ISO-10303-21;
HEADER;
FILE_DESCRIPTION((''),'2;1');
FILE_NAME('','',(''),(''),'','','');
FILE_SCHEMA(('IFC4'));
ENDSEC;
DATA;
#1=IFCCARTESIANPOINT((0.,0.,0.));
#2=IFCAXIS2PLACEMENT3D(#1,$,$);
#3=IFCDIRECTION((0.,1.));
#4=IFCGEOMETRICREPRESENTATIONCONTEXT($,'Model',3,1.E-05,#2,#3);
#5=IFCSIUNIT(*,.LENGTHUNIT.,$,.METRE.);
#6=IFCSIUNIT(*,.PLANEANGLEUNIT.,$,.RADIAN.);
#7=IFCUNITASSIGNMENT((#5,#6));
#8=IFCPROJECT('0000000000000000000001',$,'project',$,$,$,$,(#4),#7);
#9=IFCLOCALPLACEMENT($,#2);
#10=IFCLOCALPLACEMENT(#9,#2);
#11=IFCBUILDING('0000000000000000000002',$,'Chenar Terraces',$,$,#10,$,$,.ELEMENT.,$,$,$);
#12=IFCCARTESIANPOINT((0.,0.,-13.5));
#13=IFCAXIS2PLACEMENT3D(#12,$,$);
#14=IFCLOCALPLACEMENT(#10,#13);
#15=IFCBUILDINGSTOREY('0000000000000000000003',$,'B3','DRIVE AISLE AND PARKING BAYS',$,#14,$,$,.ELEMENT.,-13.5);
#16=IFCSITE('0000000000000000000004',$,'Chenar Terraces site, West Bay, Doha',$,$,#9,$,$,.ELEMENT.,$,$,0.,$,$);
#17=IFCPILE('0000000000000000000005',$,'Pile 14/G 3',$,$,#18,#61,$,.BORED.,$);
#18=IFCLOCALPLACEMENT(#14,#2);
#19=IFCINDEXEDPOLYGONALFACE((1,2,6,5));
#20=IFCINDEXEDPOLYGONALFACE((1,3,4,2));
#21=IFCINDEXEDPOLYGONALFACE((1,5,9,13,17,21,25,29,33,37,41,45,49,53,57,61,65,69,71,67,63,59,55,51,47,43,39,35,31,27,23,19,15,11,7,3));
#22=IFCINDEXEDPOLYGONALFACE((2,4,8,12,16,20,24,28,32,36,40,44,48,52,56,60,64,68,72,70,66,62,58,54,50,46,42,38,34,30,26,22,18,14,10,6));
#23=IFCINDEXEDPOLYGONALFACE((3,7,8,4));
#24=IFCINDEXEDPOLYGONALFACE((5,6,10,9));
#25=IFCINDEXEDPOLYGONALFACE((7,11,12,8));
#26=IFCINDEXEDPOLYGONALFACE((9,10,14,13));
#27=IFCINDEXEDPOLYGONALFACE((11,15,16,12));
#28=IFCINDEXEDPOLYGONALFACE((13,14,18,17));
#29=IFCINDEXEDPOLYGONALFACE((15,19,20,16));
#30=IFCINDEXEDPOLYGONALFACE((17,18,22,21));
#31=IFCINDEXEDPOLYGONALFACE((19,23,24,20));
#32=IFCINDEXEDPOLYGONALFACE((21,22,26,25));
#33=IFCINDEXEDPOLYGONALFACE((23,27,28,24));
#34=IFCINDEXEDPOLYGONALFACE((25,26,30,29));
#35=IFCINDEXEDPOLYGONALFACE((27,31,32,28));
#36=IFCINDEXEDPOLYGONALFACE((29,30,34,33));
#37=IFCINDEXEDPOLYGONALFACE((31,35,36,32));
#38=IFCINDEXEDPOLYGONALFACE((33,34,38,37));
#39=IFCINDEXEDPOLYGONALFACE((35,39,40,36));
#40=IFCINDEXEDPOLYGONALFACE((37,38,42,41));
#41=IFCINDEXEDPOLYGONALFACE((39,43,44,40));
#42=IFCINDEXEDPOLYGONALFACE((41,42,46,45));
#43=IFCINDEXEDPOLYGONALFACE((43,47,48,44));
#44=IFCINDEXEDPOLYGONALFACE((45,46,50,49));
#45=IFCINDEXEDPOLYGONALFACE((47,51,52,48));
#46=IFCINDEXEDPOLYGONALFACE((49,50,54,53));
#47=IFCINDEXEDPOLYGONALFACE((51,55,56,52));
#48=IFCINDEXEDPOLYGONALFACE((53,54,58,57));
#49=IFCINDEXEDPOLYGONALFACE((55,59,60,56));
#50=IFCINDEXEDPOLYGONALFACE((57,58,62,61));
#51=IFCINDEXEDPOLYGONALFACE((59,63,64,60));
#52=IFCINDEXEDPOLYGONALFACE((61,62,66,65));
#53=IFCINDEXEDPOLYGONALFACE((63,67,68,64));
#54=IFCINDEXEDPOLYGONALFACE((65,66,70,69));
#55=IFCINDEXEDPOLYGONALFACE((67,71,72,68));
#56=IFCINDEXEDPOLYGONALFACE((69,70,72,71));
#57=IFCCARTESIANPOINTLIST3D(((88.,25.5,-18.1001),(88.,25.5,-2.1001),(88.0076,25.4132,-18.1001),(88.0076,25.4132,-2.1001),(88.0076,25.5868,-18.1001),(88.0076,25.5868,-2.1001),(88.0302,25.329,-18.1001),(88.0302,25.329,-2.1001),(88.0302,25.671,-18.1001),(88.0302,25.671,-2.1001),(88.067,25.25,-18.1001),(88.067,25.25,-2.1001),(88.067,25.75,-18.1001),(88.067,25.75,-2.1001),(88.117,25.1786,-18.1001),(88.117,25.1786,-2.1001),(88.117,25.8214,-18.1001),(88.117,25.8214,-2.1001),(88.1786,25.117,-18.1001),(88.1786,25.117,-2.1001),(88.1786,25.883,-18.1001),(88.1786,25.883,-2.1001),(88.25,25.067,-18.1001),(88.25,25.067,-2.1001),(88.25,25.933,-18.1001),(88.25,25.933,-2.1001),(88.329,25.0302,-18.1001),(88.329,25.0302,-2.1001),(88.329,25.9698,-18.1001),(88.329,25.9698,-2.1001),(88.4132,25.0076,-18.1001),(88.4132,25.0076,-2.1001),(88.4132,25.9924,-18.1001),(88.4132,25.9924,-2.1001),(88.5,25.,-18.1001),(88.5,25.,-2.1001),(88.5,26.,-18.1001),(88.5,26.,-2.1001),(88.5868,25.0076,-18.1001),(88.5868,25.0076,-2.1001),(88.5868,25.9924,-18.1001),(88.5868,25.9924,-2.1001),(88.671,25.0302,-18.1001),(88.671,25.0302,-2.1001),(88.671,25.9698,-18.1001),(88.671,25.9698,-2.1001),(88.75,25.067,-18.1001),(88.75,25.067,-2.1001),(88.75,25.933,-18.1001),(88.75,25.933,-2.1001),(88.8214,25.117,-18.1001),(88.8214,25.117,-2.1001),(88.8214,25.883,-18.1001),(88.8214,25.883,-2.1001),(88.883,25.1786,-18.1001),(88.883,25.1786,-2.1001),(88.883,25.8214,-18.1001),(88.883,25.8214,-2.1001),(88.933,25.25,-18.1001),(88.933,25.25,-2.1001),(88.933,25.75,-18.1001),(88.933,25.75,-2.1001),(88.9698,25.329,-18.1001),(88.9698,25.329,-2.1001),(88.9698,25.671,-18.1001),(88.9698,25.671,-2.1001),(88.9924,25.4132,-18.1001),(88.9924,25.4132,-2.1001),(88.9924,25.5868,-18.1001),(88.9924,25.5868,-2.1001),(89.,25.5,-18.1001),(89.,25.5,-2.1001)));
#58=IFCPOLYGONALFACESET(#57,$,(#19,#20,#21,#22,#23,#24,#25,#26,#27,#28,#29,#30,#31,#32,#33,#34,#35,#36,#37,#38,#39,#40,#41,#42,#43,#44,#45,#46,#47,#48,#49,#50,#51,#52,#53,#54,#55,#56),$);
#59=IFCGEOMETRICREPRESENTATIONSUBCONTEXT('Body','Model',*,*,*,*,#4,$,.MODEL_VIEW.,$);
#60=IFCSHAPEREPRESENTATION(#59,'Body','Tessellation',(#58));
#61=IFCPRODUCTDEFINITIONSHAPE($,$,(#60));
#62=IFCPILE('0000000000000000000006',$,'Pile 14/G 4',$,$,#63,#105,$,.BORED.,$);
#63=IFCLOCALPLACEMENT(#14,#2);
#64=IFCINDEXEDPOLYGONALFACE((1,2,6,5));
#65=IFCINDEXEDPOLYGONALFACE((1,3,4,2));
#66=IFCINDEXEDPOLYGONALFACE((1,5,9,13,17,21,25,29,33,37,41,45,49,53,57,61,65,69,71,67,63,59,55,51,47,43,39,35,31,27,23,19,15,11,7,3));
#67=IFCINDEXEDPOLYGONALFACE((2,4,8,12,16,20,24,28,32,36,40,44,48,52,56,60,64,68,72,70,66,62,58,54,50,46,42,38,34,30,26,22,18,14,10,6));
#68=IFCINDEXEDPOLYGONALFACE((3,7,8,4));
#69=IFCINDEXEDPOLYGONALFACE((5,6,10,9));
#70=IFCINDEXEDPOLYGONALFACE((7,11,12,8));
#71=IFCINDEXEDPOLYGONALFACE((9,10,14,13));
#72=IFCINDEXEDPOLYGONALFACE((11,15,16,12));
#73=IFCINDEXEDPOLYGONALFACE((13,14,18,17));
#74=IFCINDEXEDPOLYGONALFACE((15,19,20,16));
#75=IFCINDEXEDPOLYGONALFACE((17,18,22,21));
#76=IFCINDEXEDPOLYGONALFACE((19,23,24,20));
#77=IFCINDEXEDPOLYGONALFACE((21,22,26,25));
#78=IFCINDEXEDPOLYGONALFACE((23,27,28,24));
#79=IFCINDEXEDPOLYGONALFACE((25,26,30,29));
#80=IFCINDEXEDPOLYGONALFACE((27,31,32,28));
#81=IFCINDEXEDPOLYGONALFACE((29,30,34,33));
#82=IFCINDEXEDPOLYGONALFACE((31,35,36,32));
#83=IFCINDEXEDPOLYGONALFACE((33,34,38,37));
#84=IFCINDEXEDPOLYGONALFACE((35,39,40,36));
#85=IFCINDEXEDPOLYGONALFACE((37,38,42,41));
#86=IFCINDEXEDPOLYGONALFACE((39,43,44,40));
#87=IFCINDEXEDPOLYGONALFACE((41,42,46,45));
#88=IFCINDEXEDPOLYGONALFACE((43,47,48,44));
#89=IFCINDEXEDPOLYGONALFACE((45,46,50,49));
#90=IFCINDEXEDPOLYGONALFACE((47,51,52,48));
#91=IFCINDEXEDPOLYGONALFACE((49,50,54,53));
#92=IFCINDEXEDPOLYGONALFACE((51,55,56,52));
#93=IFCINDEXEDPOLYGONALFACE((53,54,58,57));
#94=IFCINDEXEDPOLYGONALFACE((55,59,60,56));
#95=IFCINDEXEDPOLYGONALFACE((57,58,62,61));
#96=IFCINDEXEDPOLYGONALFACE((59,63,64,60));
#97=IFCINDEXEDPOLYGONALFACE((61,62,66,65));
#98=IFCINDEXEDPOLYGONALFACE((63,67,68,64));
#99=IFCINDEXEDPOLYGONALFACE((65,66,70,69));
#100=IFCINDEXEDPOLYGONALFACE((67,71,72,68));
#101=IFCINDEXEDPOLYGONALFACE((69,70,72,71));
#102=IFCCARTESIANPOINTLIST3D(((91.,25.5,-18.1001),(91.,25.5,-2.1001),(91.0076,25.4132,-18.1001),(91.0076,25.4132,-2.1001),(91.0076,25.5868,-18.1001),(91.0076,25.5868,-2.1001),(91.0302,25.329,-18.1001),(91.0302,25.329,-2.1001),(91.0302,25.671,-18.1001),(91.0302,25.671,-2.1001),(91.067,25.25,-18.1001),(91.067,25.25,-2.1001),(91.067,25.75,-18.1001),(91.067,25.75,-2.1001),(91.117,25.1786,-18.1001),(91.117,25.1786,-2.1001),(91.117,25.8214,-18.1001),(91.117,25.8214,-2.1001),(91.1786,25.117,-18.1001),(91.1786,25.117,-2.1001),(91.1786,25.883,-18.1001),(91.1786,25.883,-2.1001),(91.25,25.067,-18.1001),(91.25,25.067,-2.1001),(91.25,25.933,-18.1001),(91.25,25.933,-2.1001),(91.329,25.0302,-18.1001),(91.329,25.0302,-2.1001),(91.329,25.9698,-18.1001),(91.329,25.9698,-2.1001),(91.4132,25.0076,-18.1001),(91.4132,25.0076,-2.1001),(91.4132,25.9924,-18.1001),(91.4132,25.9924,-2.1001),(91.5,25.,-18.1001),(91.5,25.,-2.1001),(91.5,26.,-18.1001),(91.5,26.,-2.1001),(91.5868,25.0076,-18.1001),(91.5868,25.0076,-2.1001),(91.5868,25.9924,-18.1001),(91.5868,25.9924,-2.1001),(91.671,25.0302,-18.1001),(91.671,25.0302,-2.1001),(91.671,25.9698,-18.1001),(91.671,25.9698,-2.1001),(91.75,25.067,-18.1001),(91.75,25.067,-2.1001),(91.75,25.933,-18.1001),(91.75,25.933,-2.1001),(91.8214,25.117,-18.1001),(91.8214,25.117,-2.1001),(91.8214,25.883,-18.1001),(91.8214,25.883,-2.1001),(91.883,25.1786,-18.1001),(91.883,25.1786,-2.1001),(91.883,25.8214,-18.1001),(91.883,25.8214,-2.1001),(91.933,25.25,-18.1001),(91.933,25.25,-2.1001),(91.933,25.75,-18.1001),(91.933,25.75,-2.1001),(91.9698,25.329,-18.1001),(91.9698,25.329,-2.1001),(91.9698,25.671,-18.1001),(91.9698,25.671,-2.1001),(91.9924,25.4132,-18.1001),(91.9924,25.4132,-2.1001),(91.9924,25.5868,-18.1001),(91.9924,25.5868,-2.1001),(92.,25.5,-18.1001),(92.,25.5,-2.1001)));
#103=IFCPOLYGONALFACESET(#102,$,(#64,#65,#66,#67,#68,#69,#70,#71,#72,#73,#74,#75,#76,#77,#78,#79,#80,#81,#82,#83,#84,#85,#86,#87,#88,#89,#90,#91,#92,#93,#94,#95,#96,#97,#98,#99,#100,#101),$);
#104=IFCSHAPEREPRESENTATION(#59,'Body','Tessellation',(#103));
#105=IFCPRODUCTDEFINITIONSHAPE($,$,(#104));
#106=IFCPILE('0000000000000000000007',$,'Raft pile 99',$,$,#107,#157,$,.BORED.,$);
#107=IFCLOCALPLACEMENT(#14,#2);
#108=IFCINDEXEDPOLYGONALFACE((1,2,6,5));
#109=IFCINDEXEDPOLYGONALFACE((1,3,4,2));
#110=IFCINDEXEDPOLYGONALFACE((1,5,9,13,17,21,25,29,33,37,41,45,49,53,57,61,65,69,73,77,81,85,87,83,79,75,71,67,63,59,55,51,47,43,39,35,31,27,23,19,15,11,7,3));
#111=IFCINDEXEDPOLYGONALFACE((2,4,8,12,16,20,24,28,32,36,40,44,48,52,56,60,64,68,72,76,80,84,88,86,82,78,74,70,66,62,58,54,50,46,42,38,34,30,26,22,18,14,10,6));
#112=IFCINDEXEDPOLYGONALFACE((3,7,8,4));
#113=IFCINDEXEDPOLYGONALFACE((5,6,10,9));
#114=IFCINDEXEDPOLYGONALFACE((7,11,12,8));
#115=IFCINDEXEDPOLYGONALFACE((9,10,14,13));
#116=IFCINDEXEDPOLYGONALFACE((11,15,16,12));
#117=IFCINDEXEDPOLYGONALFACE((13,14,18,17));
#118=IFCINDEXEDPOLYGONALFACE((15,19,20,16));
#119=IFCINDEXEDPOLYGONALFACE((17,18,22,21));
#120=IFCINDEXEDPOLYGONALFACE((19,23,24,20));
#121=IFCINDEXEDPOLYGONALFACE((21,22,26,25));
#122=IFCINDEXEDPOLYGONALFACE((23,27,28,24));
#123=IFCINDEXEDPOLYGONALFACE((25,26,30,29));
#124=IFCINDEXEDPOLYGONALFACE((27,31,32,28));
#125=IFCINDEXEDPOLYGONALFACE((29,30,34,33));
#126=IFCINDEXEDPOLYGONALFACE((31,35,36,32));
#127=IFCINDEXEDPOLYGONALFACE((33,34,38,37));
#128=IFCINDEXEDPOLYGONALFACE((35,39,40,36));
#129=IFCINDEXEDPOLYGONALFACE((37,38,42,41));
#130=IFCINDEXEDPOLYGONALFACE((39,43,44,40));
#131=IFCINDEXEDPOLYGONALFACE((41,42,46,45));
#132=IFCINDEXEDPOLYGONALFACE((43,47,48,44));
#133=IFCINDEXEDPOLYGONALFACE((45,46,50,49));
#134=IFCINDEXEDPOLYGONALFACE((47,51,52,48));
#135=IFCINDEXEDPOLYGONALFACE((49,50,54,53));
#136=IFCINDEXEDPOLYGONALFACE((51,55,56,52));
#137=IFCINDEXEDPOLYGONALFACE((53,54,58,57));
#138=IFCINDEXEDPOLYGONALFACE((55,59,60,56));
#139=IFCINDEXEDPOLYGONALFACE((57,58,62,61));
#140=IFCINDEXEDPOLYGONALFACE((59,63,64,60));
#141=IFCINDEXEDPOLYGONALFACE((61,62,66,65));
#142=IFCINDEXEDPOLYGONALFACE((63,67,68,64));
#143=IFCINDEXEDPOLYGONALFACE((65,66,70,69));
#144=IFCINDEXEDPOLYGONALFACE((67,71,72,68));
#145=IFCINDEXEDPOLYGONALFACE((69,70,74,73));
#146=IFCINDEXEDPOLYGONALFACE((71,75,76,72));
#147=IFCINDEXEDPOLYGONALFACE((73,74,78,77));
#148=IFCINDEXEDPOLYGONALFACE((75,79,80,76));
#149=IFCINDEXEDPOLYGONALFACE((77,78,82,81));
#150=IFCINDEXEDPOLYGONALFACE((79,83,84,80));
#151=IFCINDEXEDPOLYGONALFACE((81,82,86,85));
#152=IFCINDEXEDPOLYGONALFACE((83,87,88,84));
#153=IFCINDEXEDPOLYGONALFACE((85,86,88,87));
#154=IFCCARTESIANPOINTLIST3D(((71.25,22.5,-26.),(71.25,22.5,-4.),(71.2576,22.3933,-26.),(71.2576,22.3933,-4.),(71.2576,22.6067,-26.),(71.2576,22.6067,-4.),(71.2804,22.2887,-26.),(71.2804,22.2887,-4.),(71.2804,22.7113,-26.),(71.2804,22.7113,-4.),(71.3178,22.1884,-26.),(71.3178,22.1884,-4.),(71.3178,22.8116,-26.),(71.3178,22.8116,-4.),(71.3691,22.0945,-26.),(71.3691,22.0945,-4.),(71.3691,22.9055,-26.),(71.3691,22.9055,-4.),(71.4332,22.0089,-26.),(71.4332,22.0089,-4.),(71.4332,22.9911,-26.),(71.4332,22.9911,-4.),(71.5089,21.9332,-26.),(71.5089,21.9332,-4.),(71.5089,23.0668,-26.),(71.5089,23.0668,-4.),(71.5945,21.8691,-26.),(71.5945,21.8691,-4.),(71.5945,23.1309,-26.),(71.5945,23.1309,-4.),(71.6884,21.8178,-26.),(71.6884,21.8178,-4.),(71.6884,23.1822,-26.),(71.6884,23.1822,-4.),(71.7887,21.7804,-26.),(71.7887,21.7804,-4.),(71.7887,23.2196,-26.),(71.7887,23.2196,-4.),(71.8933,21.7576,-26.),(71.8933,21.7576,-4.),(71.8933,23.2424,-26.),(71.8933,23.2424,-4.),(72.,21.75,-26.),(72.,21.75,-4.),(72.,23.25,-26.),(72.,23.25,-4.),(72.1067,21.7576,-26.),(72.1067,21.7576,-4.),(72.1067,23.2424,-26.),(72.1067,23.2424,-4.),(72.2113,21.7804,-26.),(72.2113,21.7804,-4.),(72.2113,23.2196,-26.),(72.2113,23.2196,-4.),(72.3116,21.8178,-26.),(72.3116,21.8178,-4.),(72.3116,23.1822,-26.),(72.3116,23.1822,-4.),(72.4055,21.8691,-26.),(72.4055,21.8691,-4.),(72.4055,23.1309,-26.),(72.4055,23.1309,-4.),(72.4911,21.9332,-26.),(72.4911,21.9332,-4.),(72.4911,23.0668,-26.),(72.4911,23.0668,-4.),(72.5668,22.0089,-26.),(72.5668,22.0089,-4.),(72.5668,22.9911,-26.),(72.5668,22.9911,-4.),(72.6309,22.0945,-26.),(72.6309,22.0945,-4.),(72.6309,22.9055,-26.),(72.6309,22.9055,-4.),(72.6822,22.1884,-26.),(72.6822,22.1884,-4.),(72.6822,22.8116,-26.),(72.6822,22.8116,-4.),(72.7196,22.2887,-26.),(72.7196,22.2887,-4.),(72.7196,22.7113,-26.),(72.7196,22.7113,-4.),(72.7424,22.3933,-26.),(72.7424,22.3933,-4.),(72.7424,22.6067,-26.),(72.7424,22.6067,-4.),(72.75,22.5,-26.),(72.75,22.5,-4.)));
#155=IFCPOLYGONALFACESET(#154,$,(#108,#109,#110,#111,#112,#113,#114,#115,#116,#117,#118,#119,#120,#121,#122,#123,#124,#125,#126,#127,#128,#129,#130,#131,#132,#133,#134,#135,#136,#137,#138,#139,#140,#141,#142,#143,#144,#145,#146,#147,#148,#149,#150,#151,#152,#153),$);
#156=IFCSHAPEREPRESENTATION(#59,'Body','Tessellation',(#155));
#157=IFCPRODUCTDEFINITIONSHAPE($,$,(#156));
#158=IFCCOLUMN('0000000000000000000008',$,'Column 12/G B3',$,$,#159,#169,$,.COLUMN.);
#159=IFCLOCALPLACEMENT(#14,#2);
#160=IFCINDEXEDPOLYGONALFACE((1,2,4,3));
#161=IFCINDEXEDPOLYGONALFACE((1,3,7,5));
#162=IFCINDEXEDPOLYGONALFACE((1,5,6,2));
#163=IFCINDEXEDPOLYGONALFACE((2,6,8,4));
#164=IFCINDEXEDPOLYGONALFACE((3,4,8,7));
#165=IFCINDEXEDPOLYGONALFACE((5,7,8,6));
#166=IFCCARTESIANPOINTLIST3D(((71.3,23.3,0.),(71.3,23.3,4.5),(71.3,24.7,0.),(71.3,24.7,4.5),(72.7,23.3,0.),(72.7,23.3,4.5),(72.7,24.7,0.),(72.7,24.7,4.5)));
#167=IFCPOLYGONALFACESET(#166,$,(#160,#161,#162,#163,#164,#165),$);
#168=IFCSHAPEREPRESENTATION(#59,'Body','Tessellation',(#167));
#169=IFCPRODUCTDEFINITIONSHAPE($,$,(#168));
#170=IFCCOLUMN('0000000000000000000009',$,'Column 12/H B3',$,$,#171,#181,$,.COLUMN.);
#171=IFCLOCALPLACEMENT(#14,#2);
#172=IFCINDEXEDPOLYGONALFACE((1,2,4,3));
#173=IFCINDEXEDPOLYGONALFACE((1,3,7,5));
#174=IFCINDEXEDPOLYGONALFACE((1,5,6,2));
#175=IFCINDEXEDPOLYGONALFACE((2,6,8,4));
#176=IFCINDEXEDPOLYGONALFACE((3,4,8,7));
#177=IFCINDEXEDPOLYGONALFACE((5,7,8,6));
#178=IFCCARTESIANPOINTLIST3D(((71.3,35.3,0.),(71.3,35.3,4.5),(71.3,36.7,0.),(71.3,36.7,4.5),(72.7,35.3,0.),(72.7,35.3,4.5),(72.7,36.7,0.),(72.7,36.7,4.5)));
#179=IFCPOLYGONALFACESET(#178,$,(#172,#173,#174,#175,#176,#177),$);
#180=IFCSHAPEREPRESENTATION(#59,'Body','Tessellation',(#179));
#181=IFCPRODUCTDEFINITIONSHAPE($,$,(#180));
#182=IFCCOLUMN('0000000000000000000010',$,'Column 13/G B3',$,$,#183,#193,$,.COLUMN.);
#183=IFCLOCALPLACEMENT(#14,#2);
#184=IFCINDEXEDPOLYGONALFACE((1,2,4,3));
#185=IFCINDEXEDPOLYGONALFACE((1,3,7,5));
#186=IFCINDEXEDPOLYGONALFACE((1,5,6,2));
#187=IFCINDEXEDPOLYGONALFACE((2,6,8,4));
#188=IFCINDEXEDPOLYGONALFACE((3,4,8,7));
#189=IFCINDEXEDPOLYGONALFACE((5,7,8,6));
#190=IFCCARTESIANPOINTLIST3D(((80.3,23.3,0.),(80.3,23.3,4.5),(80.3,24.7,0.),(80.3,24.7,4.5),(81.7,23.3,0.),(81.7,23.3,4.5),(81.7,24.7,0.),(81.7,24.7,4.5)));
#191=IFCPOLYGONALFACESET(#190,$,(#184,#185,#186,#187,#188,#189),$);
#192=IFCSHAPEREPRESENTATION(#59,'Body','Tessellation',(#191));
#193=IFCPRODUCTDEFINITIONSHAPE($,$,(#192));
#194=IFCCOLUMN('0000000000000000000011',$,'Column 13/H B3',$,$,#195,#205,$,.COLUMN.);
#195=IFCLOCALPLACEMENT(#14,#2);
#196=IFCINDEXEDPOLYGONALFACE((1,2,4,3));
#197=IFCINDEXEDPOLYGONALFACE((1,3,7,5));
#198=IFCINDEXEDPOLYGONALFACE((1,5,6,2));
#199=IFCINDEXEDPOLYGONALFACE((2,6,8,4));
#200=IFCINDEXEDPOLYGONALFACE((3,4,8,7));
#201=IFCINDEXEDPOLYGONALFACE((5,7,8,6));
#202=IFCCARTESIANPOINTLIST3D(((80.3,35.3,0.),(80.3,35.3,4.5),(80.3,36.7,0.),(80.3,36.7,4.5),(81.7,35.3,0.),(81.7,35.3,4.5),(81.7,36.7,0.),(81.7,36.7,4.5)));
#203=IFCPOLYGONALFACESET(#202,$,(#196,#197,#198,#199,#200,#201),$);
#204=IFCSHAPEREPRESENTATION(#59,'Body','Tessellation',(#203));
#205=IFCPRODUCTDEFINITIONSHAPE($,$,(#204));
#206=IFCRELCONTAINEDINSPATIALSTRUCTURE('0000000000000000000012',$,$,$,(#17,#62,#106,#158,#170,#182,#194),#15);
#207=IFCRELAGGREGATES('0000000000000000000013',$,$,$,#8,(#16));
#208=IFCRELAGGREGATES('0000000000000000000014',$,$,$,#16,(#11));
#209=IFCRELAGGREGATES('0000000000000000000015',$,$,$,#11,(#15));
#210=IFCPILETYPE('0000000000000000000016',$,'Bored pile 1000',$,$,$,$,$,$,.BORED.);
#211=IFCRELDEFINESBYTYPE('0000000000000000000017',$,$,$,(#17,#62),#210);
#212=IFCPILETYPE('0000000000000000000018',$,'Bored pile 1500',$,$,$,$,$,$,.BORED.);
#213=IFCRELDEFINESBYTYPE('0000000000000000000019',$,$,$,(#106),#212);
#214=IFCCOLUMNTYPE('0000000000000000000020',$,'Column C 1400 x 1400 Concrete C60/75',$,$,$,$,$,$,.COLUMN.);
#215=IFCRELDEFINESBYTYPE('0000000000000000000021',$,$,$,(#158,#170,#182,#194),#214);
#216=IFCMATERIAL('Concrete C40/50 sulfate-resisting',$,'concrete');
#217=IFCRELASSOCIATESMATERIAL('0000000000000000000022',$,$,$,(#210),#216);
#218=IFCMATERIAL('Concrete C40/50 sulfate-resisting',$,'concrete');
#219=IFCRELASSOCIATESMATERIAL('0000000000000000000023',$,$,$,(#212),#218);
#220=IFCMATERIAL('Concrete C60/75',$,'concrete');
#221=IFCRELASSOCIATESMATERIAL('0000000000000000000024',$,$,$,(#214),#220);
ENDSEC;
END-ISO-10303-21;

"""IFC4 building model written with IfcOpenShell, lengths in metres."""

from ifc_helpers import new_model, si_unit, direction, frame, origin, origin_2d, place, context, subcontext, project, spatial, rectangle, circle, extrude, material, material_profile, profile_set, type_object, element, save


model = new_model("IFC4")

# Units and contexts
model_context = context("Model", 3, precision=1e-05, world=origin(), true_north=direction((0.0, 1.0)))
body_context = subcontext(model_context, "Body", "Model", "MODEL_VIEW")
ifc_project = project(units=[si_unit("LENGTHUNIT", "METRE"), si_unit("PLANEANGLEUNIT", "RADIAN")], contexts=[model_context])

# Site, building, storey
site_placement = place(None, origin())
site = spatial("IfcSite", under=ifc_project, at=site_placement, Name="Chenar Terraces site, West Bay, Doha", CompositionType="ELEMENT", RefElevation=0.0)
building_placement = place(site_placement, origin())
building = spatial("IfcBuilding", under=site, at=building_placement, Name="Chenar Terraces", CompositionType="ELEMENT")
storey_placement = place(building_placement, frame((0.0, 0.0, -13.5)))
storey = spatial("IfcBuildingStorey", under=building, at=storey_placement, Name="B3", Description="DRIVE AISLE AND PARKING BAYS", CompositionType="ELEMENT", Elevation=-13.5)

# Piles
ifc_material_1 = material(Name="Concrete C40/50 sulfate-resisting", Category="concrete")
ifc_material_profile_1 = material_profile(ifc_material_1, circle(Radius=0.5, at=origin_2d()), Name="BP 1000")
ifc_profile_set_1 = profile_set([ifc_material_profile_1], Name="Concrete C40/50 sulfate-resisting")
pile_type_1 = type_object("IfcPileType", Name="Bored pile 1000", PredefinedType="BORED", material=ifc_profile_set_1)
for number, where, z_axis, x_axis, name in (
    (1, (88.5, 25.5, -2.1001), (0.0, 0.0, -1.0), (1.0, 0.0, 0.0), "Pile 14/G 3"),
    (2, (91.5, 25.5, -2.1001), (0.0, 0.0, -1.0), (1.0, 0.0, 0.0), "Pile 14/G 4"),
):
    element("IfcPile", number, at=place(storey_placement, frame(where, z_axis=z_axis, x_axis=x_axis)), inside=storey, type_object=pile_type_1, Name=name, PredefinedType="BORED", context=body_context, shape_type="SweptSolid", body=[
        extrude(circle(Radius=0.5, at=origin_2d()), origin(), (0.0, 0.0, 1.0), 16.0),
    ])
ifc_material_2 = material(Name="Concrete C40/50 sulfate-resisting", Category="concrete")
ifc_material_profile_2 = material_profile(ifc_material_2, circle(Radius=0.75, at=origin_2d()), Name="BP 1500")
ifc_profile_set_2 = profile_set([ifc_material_profile_2], Name="Concrete C40/50 sulfate-resisting")
pile_type_2 = type_object("IfcPileType", Name="Bored pile 1500", PredefinedType="BORED", material=ifc_profile_set_2)
pile_placement = place(storey_placement, frame((72.0, 22.5, -4.0), z_axis=(0.0, 0.0, -1.0), x_axis=(1.0, 0.0, 0.0)))
element("IfcPile", 3, at=pile_placement, inside=storey, type_object=pile_type_2, Name="Raft pile 99", PredefinedType="BORED", context=body_context, shape_type="SweptSolid", body=[
    extrude(circle(Radius=0.75, at=origin_2d()), origin(), (0.0, 0.0, 1.0), 22.0),
])

# Columns
ifc_material_3 = material(Name="Concrete C60/75", Category="concrete")
ifc_material_profile_3 = material_profile(ifc_material_3, rectangle(XDim=1.3999, YDim=1.3999, at=origin_2d()), Name="C 1400 x 1400")
ifc_profile_set_3 = profile_set([ifc_material_profile_3], Name="Concrete C60/75")
column_type = type_object("IfcColumnType", Name="Column C 1400 x 1400 Concrete C60/75", PredefinedType="COLUMN", material=ifc_profile_set_3)
for number, where, z_axis, x_axis, name in (
    (4, (72.0, 24.0, 0.0), (0.0, 0.0, 1.0), (1.0, 0.0, 0.0), "Column 12/G B3"),
    (5, (72.0, 36.0, 0.0), (0.0, 0.0, 1.0), (1.0, 0.0, 0.0), "Column 12/H B3"),
    (6, (81.0, 24.0, 0.0), (0.0, 0.0, 1.0), (1.0, 0.0, 0.0), "Column 13/G B3"),
    (7, (81.0, 36.0, 0.0), (0.0, 0.0, 1.0), (1.0, 0.0, 0.0), "Column 13/H B3"),
):
    element("IfcColumn", number, at=place(storey_placement, frame(where, z_axis=z_axis, x_axis=x_axis)), inside=storey, type_object=column_type, Name=name, PredefinedType="COLUMN", context=body_context, shape_type="SweptSolid", body=[
        extrude(rectangle(XDim=1.3999, YDim=1.3999, at=origin_2d()), origin(), (0.0, 0.0, 1.0), 4.5),
    ])

save(model, "model.ifc")
